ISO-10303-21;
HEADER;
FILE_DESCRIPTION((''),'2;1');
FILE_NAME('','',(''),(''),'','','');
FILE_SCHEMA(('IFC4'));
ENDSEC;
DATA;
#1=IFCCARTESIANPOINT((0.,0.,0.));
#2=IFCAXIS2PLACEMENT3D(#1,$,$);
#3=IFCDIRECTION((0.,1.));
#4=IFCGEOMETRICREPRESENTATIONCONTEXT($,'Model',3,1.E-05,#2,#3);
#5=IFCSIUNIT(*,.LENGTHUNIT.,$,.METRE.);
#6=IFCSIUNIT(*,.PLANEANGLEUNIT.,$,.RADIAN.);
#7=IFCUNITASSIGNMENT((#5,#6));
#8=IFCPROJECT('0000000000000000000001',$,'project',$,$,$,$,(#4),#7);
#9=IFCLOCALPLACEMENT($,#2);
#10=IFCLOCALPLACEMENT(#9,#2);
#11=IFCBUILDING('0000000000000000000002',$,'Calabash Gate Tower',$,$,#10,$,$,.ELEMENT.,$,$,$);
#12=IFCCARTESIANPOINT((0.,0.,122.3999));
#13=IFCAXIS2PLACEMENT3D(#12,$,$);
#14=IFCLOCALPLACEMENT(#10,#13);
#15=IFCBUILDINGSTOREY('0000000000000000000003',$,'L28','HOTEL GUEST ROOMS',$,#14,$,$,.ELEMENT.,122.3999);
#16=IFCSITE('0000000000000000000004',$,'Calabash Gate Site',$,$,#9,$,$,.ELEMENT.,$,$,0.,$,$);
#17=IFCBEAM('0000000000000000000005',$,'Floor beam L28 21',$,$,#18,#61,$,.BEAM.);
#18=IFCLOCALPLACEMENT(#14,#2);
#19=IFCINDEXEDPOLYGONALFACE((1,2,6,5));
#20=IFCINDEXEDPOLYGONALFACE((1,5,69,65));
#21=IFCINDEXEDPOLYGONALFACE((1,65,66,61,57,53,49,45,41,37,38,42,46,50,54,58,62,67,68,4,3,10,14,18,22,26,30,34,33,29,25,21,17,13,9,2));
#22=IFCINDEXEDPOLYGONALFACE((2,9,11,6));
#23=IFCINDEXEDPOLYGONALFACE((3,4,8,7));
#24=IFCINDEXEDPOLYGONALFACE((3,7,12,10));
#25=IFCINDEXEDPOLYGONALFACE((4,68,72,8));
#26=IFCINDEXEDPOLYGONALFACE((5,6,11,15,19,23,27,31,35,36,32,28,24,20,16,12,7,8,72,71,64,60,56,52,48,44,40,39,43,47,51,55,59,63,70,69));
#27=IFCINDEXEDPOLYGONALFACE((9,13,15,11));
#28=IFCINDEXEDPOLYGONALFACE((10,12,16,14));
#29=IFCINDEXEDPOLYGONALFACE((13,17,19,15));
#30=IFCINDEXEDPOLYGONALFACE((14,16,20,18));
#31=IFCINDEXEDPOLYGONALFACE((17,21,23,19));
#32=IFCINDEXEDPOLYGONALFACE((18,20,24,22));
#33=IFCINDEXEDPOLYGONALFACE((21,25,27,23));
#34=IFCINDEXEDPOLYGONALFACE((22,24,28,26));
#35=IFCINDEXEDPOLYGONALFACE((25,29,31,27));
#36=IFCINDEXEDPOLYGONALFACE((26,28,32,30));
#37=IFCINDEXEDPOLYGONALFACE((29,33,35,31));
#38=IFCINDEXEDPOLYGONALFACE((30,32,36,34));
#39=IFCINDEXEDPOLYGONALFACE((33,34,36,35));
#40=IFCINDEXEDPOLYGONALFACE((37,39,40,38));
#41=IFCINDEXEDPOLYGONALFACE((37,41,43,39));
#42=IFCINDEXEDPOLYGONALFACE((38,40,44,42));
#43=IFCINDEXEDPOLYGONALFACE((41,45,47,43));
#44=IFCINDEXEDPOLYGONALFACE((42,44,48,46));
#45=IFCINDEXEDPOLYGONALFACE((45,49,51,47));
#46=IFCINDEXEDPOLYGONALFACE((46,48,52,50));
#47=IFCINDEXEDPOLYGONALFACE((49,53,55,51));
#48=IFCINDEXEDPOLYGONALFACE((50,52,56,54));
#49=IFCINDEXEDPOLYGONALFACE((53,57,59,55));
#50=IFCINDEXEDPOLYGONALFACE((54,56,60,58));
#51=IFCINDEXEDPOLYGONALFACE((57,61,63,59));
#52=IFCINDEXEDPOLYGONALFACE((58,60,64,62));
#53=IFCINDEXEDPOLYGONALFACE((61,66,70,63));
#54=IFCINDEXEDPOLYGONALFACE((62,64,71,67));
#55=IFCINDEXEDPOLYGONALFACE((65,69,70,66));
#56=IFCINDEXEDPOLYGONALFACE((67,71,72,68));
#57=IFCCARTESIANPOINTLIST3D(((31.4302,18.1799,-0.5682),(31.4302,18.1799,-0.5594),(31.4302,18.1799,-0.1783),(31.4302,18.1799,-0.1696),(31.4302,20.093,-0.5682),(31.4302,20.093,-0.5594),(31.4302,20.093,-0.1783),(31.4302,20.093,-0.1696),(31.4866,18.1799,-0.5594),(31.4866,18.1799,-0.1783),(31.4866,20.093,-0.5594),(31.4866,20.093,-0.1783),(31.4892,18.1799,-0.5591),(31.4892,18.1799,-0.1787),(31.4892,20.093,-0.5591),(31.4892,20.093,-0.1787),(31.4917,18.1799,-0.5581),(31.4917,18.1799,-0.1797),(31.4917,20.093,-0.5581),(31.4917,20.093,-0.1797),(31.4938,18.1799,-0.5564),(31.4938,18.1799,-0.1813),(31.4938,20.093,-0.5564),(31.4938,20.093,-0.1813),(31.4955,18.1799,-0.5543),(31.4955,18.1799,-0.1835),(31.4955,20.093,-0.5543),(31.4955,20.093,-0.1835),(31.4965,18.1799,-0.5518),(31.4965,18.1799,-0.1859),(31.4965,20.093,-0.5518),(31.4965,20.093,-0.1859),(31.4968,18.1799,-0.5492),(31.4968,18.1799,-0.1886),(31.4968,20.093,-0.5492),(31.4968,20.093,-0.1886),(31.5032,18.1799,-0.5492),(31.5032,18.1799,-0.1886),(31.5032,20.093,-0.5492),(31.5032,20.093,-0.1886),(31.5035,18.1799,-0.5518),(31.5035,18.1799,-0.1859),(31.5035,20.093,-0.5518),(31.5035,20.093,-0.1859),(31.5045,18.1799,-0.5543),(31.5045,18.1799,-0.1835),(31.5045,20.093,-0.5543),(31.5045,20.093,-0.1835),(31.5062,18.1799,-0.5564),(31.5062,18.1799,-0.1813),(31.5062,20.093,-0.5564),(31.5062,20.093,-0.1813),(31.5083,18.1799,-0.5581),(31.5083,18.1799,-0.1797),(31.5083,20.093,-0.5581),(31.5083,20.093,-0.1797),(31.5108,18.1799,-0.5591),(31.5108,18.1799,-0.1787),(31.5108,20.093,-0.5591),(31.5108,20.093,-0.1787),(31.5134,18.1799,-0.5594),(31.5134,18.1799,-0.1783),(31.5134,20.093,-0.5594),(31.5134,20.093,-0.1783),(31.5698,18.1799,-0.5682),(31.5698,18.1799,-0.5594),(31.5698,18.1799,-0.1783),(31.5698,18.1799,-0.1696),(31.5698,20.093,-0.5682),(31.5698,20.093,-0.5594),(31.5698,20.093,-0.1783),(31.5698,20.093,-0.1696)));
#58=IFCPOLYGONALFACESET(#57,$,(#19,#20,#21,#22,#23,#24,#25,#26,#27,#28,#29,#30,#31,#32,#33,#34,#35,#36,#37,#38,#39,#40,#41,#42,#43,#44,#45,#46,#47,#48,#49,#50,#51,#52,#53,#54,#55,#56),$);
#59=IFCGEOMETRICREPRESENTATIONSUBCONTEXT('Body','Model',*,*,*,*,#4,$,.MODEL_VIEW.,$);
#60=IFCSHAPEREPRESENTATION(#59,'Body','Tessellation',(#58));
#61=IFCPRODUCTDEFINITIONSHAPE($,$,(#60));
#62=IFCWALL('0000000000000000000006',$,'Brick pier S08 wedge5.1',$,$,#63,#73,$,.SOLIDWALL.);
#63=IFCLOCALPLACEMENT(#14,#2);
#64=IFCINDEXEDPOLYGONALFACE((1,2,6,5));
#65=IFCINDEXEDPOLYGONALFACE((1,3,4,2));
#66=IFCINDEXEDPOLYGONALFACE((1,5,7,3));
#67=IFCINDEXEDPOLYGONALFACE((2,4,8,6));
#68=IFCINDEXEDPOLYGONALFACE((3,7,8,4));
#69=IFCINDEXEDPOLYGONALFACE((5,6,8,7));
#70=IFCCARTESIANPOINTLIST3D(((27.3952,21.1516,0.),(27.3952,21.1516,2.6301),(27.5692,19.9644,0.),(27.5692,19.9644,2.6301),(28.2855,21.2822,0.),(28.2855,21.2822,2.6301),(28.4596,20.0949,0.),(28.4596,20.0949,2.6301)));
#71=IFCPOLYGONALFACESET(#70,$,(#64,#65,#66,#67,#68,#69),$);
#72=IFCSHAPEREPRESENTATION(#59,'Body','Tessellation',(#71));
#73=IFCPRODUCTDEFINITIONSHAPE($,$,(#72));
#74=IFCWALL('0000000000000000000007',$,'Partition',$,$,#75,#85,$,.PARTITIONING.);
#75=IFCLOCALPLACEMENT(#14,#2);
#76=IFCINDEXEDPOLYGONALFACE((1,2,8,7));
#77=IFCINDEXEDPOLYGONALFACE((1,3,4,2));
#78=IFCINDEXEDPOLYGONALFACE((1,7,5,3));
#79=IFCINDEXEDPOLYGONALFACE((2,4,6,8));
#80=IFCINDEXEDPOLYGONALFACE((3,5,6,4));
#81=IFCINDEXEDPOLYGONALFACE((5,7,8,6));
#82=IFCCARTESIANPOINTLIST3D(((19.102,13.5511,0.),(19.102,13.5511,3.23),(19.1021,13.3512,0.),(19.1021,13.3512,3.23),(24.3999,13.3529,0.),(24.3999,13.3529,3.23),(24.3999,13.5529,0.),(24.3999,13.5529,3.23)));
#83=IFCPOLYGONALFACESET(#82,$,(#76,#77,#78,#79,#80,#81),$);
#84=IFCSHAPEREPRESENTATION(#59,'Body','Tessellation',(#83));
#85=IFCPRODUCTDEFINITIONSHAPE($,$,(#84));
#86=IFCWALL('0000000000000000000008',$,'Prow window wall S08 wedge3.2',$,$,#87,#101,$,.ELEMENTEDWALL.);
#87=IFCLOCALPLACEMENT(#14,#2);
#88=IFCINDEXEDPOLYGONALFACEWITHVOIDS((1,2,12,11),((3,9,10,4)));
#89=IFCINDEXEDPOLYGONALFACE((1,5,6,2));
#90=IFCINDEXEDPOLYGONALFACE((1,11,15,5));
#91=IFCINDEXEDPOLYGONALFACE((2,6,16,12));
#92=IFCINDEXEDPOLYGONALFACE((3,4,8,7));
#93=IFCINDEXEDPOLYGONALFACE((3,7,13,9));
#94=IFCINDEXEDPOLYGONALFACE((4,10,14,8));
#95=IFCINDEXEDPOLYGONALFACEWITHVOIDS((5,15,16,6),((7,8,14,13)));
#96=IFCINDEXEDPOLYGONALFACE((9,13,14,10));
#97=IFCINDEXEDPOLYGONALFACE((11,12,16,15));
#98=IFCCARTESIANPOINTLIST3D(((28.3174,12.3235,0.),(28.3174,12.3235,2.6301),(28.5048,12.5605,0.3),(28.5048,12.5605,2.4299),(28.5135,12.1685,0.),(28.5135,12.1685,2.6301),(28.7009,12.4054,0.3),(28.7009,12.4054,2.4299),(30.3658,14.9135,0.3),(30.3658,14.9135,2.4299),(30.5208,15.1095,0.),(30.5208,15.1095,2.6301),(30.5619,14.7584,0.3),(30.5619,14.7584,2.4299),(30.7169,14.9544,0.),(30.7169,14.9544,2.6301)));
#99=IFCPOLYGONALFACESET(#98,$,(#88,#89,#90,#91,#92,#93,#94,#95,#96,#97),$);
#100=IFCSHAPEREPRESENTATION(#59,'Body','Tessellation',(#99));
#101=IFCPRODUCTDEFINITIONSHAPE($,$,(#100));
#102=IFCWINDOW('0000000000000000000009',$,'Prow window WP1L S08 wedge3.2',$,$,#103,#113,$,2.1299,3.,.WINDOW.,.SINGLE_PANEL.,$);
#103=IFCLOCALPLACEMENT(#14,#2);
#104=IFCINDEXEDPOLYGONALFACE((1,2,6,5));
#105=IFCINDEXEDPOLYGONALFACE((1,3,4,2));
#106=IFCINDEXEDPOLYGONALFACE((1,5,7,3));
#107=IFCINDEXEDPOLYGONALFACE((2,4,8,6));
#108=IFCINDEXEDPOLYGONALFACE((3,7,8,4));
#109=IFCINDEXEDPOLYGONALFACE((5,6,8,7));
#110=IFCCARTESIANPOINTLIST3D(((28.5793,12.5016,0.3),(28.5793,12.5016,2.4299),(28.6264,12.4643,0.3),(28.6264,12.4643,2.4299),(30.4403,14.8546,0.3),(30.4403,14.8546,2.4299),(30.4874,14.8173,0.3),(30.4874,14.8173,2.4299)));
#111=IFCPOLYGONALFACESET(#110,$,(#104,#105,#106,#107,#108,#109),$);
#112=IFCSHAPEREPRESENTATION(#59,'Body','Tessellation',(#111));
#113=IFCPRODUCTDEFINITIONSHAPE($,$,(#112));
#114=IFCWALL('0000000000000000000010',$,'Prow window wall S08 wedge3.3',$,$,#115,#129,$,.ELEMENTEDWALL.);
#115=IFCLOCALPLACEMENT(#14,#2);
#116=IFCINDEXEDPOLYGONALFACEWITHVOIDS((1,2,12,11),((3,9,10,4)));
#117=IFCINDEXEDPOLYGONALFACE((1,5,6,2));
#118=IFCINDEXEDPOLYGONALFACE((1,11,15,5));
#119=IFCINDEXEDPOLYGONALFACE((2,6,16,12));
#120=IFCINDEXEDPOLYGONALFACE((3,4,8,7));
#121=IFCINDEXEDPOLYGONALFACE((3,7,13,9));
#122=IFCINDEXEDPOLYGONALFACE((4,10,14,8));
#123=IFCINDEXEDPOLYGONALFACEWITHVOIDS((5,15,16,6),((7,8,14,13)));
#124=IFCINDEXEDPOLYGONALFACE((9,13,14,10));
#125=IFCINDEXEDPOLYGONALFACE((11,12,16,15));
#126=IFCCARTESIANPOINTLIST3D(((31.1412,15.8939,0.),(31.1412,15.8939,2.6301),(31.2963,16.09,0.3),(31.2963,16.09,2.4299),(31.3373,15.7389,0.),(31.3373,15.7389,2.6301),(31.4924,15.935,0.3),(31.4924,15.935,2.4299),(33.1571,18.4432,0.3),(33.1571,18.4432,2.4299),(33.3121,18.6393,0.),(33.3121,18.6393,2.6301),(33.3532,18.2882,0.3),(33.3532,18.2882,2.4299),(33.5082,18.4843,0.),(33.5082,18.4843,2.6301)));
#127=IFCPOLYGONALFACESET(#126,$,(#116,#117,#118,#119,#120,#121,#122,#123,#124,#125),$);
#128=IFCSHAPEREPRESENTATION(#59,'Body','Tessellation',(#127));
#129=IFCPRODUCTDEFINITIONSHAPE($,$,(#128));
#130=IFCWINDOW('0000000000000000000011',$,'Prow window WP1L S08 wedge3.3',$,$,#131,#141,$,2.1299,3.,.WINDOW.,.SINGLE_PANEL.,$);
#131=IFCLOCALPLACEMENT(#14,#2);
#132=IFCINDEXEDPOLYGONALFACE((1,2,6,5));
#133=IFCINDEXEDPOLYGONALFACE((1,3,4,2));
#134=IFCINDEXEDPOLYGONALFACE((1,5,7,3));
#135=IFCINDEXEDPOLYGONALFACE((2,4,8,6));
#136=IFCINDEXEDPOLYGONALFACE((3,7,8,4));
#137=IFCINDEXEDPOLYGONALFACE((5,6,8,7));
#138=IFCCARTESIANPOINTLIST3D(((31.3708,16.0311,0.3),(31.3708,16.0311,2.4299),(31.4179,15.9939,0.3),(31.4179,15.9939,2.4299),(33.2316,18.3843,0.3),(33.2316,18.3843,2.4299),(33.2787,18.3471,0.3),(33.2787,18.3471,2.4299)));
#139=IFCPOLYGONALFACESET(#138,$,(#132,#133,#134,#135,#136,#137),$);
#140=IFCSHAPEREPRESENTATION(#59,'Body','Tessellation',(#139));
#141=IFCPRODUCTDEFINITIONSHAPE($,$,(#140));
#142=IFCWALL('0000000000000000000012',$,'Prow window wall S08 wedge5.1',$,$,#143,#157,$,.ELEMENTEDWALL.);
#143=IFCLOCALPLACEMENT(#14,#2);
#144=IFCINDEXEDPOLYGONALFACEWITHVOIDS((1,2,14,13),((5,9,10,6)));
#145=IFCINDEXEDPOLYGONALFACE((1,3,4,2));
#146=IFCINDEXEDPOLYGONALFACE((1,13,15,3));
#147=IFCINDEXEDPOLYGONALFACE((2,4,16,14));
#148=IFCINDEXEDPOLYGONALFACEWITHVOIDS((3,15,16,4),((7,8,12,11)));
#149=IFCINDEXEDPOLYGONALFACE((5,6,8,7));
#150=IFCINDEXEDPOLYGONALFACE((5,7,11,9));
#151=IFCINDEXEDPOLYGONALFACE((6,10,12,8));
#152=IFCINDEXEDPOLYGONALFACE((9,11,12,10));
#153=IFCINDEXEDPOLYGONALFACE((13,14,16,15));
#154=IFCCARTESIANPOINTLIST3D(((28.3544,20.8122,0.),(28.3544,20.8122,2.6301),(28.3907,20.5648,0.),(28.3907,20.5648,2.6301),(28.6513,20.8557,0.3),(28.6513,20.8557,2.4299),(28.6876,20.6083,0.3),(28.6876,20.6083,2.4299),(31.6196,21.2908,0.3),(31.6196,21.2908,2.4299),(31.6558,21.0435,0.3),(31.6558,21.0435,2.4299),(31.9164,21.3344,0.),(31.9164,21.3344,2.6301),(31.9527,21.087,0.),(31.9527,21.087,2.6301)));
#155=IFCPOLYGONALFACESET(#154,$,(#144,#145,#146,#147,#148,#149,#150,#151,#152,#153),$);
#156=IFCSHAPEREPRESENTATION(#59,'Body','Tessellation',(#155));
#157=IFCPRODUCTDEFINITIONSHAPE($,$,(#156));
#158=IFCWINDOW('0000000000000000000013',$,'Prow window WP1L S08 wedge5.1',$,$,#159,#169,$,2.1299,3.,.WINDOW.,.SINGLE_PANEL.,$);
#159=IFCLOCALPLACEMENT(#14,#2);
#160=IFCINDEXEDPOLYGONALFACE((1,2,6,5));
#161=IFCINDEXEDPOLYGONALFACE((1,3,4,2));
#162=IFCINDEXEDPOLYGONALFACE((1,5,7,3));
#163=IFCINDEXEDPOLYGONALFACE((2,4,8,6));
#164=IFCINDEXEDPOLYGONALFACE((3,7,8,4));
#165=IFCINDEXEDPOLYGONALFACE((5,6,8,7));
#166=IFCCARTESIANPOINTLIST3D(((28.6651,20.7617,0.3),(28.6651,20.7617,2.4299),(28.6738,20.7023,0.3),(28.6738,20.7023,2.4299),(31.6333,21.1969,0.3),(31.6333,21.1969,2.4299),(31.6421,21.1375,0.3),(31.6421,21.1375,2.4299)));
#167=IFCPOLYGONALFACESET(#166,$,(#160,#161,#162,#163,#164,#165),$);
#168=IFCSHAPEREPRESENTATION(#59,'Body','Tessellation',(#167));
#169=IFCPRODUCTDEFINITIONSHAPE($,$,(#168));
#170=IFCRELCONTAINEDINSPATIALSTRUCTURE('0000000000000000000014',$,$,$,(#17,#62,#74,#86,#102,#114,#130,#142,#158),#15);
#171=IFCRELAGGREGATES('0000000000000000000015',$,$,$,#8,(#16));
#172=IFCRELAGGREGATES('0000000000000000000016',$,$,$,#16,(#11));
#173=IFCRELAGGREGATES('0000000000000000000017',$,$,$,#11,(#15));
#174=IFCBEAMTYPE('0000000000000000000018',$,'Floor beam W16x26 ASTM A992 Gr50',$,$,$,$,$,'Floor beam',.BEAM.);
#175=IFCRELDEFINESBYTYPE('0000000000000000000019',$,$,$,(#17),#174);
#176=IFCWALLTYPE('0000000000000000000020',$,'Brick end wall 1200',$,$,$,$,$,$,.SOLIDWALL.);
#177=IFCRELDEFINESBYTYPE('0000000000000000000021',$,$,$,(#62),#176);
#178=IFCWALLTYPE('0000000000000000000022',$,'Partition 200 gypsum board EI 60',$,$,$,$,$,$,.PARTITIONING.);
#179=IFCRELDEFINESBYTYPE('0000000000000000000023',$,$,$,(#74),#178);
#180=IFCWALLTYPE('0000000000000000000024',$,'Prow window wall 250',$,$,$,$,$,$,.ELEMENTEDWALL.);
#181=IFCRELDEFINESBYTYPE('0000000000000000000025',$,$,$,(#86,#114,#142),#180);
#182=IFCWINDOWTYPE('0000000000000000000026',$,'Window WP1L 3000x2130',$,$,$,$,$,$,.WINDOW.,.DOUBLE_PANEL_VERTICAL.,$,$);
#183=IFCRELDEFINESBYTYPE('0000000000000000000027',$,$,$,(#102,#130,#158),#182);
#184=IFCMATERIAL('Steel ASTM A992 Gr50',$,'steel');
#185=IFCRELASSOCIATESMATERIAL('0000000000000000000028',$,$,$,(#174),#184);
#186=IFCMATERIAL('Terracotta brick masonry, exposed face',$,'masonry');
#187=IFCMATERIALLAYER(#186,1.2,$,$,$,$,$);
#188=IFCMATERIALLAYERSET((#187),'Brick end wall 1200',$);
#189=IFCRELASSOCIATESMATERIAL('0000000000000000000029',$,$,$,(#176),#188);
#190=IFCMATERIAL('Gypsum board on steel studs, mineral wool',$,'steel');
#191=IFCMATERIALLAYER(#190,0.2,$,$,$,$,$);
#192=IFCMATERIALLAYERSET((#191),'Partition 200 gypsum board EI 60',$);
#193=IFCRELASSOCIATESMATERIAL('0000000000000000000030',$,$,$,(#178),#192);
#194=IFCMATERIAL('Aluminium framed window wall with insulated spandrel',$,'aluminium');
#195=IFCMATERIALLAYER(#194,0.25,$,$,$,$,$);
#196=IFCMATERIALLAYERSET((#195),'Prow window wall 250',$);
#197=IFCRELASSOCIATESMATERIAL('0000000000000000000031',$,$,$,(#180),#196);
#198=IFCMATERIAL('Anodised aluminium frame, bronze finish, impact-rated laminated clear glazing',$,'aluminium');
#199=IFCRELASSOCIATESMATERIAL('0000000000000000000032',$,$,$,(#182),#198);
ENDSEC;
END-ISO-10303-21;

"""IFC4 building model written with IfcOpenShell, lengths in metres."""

from ifc_helpers import new_model, si_unit, direction, frame, frame_2d, origin, origin_2d, place, context, subcontext, project, spatial, rectangle, i_section, extrude, material, layer, layer_set, material_profile, profile_set, type_object, element, fill, save


model = new_model("IFC4")

# Units and contexts
model_context = context("Model", 3, precision=1e-05, world=origin(), true_north=direction((0.0, 1.0)))
body_context = subcontext(model_context, "Body", "Model", "MODEL_VIEW")
ifc_project = project(units=[si_unit("LENGTHUNIT", "METRE"), si_unit("PLANEANGLEUNIT", "RADIAN")], contexts=[model_context])

# Site, building, storey
site_placement = place(None, origin())
site = spatial("IfcSite", under=ifc_project, at=site_placement, Name="Calabash Gate Site", CompositionType="ELEMENT", RefElevation=0.0)
building_placement = place(site_placement, origin())
building = spatial("IfcBuilding", under=site, at=building_placement, Name="Calabash Gate Tower", CompositionType="ELEMENT")
storey_placement = place(building_placement, frame((0.0, 0.0, 122.3999)))
storey = spatial("IfcBuildingStorey", under=building, at=storey_placement, Name="L28", Description="HOTEL GUEST ROOMS", CompositionType="ELEMENT", Elevation=122.3999)

# Beam
ifc_material_1 = material(Name="Steel ASTM A992 Gr50", Category="steel")
ifc_material_profile_1 = material_profile(ifc_material_1, i_section(OverallWidth=0.1396, OverallDepth=0.3987, WebThickness=0.0063, FlangeThickness=0.0088, FilletRadius=0.0103, at=origin_2d()))
ifc_profile_set_1 = profile_set([ifc_material_profile_1], Name="Steel ASTM A992 Gr50")
beam_type_1 = type_object("IfcBeamType", Name="Floor beam W16x26 ASTM A992 Gr50", ElementType="Floor beam", PredefinedType="BEAM", material=ifc_profile_set_1)
beam_1_placement = place(storey_placement, frame((31.5, 18.1799, -0.3689), z_axis=(0.0, 1.0, 0.0), x_axis=(-1.0, 0.0, 0.0)))
element("IfcBeam", 1, at=beam_1_placement, inside=storey, type_object=beam_type_1, Name="Floor beam L28 21", PredefinedType="BEAM", context=body_context, shape_type="SweptSolid", body=[
    extrude(i_section(OverallWidth=0.1396, OverallDepth=0.3987, WebThickness=0.0063, FlangeThickness=0.0088, FilletRadius=0.0103, at=origin_2d()), origin(), (0.0, 0.0, 1.0), 1.9131),
])

# Walls
ifc_material_2 = material(Name="Terracotta brick masonry, exposed face", Category="masonry")
ifc_layer_1 = layer(ifc_material_2, 1.2)
ifc_layer_set_1 = layer_set([ifc_layer_1], Name="Brick end wall 1200")
wall_type_1 = type_object("IfcWallType", Name="Brick end wall 1200", PredefinedType="SOLIDWALL", material=ifc_layer_set_1)
wall_1_placement = place(storey_placement, frame((27.8403, 21.217, 0.0), z_axis=(0.0, 0.0, 1.0), x_axis=(0.145066, -0.989422, 0.0)))
element("IfcWall", 2, at=wall_1_placement, inside=storey, type_object=wall_type_1, Name="Brick pier S08 wedge5.1", PredefinedType="SOLIDWALL", context=body_context, shape_type="SweptSolid", body=[
    extrude(rectangle(XDim=1.2, YDim=0.8999, at=frame_2d((0.6001, 0.0))), origin(), (0.0, 0.0, 1.0), 2.6301),
])
ifc_material_3 = material(Name="Gypsum board on steel studs, mineral wool", Category="steel")
ifc_layer_2 = layer(ifc_material_3, 0.2)
ifc_layer_set_2 = layer_set([ifc_layer_2], Name="Partition 200 gypsum board EI 60")
wall_type_2 = type_object("IfcWallType", Name="Partition 200 gypsum board EI 60", PredefinedType="PARTITIONING", material=ifc_layer_set_2)
wall_2_placement = place(storey_placement, frame((19.1021, 13.4512, 0.0), z_axis=(0.0, 0.0, 1.0), x_axis=(1.0, 0.000323, 0.0)))
element("IfcWall", 3, at=wall_2_placement, inside=storey, type_object=wall_type_2, Name="Partition", PredefinedType="PARTITIONING", context=body_context, shape_type="SweptSolid", body=[
    extrude(rectangle(XDim=5.2979, YDim=0.2, at=frame_2d((2.6489, 0.0))), origin(), (0.0, 0.0, 1.0), 3.23),
])

# Walls, openings, windows
ifc_material_4 = material(Name="Aluminium framed window wall with insulated spandrel", Category="aluminium")
ifc_layer_3 = layer(ifc_material_4, 0.25)
ifc_layer_set_3 = layer_set([ifc_layer_3], Name="Prow window wall 250")
wall_type_3 = type_object("IfcWallType", Name="Prow window wall 250", PredefinedType="ELEMENTEDWALL", material=ifc_layer_set_3)
wall_3_placement = place(storey_placement, frame((28.4155, 12.2461, 0.0), z_axis=(0.0, 0.0, 1.0), x_axis=(0.620335, 0.784337, 0.0)))
wall_3 = element("IfcWall", 4, at=wall_3_placement, inside=storey, type_object=wall_type_3, Name="Prow window wall S08 wedge3.2", PredefinedType="ELEMENTEDWALL", context=body_context, shape_type="SweptSolid", body=[
    extrude(rectangle(XDim=3.552, YDim=0.25, at=frame_2d((1.7759, 0.0))), origin(), (0.0, 0.0, 1.0), 2.6301),
])
opening_1_placement = place(wall_3_placement, frame((0.302, 0.0, 0.3)))
opening_1 = element("IfcOpeningElement", 5, at=opening_1_placement, cuts=wall_3, PredefinedType="OPENING", context=body_context, shape_type="SweptSolid", body=[
    extrude(rectangle(XDim=3.0, YDim=2.1299, at=frame_2d((1.5, 1.0649))), frame((0.0, 0.135, 0.0), z_axis=(0.0, -1.0, 0.0), x_axis=(1.0, 0.0, 0.0)), (0.0, 0.0, 1.0), 0.27),
])
ifc_material_5 = material(Name="Anodised aluminium frame, bronze finish, impact-rated laminated clear glazing", Category="aluminium")
window_type = type_object("IfcWindowType", Name="Window WP1L 3000x2130", PartitioningType="DOUBLE_PANEL_VERTICAL", PredefinedType="WINDOW", material=ifc_material_5)
window_1_placement = place(opening_1_placement, origin())
window_1 = element("IfcWindow", 6, at=window_1_placement, inside=storey, type_object=window_type, Name="Prow window WP1L S08 wedge3.2", OverallHeight=2.1299, OverallWidth=3.0, PartitioningType="SINGLE_PANEL", PredefinedType="WINDOW", context=body_context, shape_type="SweptSolid", body=[
    extrude(rectangle(XDim=3.0, YDim=2.1299, at=frame_2d((1.5, 1.0649))), frame((0.0, 0.03, 0.0), z_axis=(0.0, -1.0, 0.0), x_axis=(1.0, 0.0, 0.0)), (0.0, 0.0, 1.0), 0.0601),
])
fill(opening_1, window_1)
wall_4_placement = place(storey_placement, frame((31.2393, 15.8164, 0.0), z_axis=(0.0, 0.0, 1.0), x_axis=(0.620262, 0.784395, 0.0)))
wall_4 = element("IfcWall", 7, at=wall_4_placement, inside=storey, type_object=wall_type_3, Name="Prow window wall S08 wedge3.3", PredefinedType="ELEMENTEDWALL", context=body_context, shape_type="SweptSolid", body=[
    extrude(rectangle(XDim=3.5, YDim=0.25, at=frame_2d((1.75, 0.0))), origin(), (0.0, 0.0, 1.0), 2.6301),
])
opening_2_placement = place(wall_4_placement, frame((0.25, 0.0, 0.3)))
opening_2 = element("IfcOpeningElement", 8, at=opening_2_placement, cuts=wall_4, PredefinedType="OPENING", context=body_context, shape_type="SweptSolid", body=[
    extrude(rectangle(XDim=3.0, YDim=2.1299, at=frame_2d((1.5, 1.0649))), frame((0.0, 0.135, 0.0), z_axis=(0.0, -1.0, 0.0), x_axis=(1.0, 0.0, 0.0)), (0.0, 0.0, 1.0), 0.27),
])
window_2_placement = place(opening_2_placement, origin())
window_2 = element("IfcWindow", 9, at=window_2_placement, inside=storey, type_object=window_type, Name="Prow window WP1L S08 wedge3.3", OverallHeight=2.1299, OverallWidth=3.0, PartitioningType="SINGLE_PANEL", PredefinedType="WINDOW", context=body_context, shape_type="SweptSolid", body=[
    extrude(rectangle(XDim=3.0, YDim=2.1299, at=frame_2d((1.5, 1.0649))), frame((0.0, 0.03, 0.0), z_axis=(0.0, -1.0, 0.0), x_axis=(1.0, 0.0, 0.0)), (0.0, 0.0, 1.0), 0.0601),
])
fill(opening_2, window_2)
wall_5_placement = place(storey_placement, frame((31.9346, 21.2107, 0.0), z_axis=(0.0, 0.0, 1.0), x_axis=(-0.989423, -0.145057, 0.0)))
wall_5 = element("IfcWall", 10, at=wall_5_placement, inside=storey, type_object=wall_type_3, Name="Prow window wall S08 wedge5.1", PredefinedType="ELEMENTEDWALL", context=body_context, shape_type="SweptSolid", body=[
    extrude(rectangle(XDim=3.6001, YDim=0.25, at=frame_2d((1.8, 0.0))), origin(), (0.0, 0.0, 1.0), 2.6301),
])
opening_3_placement = place(wall_5_placement, frame((0.3, 0.0, 0.3)))
opening_3 = element("IfcOpeningElement", 11, at=opening_3_placement, cuts=wall_5, PredefinedType="OPENING", context=body_context, shape_type="SweptSolid", body=[
    extrude(rectangle(XDim=3.0, YDim=2.1299, at=frame_2d((1.5, 1.0649))), frame((0.0, 0.135, 0.0), z_axis=(0.0, -1.0, 0.0), x_axis=(1.0, 0.0, 0.0)), (0.0, 0.0, 1.0), 0.27),
])
window_3_placement = place(opening_3_placement, origin())
window_3 = element("IfcWindow", 12, at=window_3_placement, inside=storey, type_object=window_type, Name="Prow window WP1L S08 wedge5.1", OverallHeight=2.1299, OverallWidth=3.0, PartitioningType="SINGLE_PANEL", PredefinedType="WINDOW", context=body_context, shape_type="SweptSolid", body=[
    extrude(rectangle(XDim=3.0, YDim=2.1299, at=frame_2d((1.5, 1.0649))), frame((0.0, 0.03, 0.0), z_axis=(0.0, -1.0, 0.0), x_axis=(1.0, 0.0, 0.0)), (0.0, 0.0, 1.0), 0.0601),
])
fill(opening_3, window_3)

save(model, "model.ifc")
